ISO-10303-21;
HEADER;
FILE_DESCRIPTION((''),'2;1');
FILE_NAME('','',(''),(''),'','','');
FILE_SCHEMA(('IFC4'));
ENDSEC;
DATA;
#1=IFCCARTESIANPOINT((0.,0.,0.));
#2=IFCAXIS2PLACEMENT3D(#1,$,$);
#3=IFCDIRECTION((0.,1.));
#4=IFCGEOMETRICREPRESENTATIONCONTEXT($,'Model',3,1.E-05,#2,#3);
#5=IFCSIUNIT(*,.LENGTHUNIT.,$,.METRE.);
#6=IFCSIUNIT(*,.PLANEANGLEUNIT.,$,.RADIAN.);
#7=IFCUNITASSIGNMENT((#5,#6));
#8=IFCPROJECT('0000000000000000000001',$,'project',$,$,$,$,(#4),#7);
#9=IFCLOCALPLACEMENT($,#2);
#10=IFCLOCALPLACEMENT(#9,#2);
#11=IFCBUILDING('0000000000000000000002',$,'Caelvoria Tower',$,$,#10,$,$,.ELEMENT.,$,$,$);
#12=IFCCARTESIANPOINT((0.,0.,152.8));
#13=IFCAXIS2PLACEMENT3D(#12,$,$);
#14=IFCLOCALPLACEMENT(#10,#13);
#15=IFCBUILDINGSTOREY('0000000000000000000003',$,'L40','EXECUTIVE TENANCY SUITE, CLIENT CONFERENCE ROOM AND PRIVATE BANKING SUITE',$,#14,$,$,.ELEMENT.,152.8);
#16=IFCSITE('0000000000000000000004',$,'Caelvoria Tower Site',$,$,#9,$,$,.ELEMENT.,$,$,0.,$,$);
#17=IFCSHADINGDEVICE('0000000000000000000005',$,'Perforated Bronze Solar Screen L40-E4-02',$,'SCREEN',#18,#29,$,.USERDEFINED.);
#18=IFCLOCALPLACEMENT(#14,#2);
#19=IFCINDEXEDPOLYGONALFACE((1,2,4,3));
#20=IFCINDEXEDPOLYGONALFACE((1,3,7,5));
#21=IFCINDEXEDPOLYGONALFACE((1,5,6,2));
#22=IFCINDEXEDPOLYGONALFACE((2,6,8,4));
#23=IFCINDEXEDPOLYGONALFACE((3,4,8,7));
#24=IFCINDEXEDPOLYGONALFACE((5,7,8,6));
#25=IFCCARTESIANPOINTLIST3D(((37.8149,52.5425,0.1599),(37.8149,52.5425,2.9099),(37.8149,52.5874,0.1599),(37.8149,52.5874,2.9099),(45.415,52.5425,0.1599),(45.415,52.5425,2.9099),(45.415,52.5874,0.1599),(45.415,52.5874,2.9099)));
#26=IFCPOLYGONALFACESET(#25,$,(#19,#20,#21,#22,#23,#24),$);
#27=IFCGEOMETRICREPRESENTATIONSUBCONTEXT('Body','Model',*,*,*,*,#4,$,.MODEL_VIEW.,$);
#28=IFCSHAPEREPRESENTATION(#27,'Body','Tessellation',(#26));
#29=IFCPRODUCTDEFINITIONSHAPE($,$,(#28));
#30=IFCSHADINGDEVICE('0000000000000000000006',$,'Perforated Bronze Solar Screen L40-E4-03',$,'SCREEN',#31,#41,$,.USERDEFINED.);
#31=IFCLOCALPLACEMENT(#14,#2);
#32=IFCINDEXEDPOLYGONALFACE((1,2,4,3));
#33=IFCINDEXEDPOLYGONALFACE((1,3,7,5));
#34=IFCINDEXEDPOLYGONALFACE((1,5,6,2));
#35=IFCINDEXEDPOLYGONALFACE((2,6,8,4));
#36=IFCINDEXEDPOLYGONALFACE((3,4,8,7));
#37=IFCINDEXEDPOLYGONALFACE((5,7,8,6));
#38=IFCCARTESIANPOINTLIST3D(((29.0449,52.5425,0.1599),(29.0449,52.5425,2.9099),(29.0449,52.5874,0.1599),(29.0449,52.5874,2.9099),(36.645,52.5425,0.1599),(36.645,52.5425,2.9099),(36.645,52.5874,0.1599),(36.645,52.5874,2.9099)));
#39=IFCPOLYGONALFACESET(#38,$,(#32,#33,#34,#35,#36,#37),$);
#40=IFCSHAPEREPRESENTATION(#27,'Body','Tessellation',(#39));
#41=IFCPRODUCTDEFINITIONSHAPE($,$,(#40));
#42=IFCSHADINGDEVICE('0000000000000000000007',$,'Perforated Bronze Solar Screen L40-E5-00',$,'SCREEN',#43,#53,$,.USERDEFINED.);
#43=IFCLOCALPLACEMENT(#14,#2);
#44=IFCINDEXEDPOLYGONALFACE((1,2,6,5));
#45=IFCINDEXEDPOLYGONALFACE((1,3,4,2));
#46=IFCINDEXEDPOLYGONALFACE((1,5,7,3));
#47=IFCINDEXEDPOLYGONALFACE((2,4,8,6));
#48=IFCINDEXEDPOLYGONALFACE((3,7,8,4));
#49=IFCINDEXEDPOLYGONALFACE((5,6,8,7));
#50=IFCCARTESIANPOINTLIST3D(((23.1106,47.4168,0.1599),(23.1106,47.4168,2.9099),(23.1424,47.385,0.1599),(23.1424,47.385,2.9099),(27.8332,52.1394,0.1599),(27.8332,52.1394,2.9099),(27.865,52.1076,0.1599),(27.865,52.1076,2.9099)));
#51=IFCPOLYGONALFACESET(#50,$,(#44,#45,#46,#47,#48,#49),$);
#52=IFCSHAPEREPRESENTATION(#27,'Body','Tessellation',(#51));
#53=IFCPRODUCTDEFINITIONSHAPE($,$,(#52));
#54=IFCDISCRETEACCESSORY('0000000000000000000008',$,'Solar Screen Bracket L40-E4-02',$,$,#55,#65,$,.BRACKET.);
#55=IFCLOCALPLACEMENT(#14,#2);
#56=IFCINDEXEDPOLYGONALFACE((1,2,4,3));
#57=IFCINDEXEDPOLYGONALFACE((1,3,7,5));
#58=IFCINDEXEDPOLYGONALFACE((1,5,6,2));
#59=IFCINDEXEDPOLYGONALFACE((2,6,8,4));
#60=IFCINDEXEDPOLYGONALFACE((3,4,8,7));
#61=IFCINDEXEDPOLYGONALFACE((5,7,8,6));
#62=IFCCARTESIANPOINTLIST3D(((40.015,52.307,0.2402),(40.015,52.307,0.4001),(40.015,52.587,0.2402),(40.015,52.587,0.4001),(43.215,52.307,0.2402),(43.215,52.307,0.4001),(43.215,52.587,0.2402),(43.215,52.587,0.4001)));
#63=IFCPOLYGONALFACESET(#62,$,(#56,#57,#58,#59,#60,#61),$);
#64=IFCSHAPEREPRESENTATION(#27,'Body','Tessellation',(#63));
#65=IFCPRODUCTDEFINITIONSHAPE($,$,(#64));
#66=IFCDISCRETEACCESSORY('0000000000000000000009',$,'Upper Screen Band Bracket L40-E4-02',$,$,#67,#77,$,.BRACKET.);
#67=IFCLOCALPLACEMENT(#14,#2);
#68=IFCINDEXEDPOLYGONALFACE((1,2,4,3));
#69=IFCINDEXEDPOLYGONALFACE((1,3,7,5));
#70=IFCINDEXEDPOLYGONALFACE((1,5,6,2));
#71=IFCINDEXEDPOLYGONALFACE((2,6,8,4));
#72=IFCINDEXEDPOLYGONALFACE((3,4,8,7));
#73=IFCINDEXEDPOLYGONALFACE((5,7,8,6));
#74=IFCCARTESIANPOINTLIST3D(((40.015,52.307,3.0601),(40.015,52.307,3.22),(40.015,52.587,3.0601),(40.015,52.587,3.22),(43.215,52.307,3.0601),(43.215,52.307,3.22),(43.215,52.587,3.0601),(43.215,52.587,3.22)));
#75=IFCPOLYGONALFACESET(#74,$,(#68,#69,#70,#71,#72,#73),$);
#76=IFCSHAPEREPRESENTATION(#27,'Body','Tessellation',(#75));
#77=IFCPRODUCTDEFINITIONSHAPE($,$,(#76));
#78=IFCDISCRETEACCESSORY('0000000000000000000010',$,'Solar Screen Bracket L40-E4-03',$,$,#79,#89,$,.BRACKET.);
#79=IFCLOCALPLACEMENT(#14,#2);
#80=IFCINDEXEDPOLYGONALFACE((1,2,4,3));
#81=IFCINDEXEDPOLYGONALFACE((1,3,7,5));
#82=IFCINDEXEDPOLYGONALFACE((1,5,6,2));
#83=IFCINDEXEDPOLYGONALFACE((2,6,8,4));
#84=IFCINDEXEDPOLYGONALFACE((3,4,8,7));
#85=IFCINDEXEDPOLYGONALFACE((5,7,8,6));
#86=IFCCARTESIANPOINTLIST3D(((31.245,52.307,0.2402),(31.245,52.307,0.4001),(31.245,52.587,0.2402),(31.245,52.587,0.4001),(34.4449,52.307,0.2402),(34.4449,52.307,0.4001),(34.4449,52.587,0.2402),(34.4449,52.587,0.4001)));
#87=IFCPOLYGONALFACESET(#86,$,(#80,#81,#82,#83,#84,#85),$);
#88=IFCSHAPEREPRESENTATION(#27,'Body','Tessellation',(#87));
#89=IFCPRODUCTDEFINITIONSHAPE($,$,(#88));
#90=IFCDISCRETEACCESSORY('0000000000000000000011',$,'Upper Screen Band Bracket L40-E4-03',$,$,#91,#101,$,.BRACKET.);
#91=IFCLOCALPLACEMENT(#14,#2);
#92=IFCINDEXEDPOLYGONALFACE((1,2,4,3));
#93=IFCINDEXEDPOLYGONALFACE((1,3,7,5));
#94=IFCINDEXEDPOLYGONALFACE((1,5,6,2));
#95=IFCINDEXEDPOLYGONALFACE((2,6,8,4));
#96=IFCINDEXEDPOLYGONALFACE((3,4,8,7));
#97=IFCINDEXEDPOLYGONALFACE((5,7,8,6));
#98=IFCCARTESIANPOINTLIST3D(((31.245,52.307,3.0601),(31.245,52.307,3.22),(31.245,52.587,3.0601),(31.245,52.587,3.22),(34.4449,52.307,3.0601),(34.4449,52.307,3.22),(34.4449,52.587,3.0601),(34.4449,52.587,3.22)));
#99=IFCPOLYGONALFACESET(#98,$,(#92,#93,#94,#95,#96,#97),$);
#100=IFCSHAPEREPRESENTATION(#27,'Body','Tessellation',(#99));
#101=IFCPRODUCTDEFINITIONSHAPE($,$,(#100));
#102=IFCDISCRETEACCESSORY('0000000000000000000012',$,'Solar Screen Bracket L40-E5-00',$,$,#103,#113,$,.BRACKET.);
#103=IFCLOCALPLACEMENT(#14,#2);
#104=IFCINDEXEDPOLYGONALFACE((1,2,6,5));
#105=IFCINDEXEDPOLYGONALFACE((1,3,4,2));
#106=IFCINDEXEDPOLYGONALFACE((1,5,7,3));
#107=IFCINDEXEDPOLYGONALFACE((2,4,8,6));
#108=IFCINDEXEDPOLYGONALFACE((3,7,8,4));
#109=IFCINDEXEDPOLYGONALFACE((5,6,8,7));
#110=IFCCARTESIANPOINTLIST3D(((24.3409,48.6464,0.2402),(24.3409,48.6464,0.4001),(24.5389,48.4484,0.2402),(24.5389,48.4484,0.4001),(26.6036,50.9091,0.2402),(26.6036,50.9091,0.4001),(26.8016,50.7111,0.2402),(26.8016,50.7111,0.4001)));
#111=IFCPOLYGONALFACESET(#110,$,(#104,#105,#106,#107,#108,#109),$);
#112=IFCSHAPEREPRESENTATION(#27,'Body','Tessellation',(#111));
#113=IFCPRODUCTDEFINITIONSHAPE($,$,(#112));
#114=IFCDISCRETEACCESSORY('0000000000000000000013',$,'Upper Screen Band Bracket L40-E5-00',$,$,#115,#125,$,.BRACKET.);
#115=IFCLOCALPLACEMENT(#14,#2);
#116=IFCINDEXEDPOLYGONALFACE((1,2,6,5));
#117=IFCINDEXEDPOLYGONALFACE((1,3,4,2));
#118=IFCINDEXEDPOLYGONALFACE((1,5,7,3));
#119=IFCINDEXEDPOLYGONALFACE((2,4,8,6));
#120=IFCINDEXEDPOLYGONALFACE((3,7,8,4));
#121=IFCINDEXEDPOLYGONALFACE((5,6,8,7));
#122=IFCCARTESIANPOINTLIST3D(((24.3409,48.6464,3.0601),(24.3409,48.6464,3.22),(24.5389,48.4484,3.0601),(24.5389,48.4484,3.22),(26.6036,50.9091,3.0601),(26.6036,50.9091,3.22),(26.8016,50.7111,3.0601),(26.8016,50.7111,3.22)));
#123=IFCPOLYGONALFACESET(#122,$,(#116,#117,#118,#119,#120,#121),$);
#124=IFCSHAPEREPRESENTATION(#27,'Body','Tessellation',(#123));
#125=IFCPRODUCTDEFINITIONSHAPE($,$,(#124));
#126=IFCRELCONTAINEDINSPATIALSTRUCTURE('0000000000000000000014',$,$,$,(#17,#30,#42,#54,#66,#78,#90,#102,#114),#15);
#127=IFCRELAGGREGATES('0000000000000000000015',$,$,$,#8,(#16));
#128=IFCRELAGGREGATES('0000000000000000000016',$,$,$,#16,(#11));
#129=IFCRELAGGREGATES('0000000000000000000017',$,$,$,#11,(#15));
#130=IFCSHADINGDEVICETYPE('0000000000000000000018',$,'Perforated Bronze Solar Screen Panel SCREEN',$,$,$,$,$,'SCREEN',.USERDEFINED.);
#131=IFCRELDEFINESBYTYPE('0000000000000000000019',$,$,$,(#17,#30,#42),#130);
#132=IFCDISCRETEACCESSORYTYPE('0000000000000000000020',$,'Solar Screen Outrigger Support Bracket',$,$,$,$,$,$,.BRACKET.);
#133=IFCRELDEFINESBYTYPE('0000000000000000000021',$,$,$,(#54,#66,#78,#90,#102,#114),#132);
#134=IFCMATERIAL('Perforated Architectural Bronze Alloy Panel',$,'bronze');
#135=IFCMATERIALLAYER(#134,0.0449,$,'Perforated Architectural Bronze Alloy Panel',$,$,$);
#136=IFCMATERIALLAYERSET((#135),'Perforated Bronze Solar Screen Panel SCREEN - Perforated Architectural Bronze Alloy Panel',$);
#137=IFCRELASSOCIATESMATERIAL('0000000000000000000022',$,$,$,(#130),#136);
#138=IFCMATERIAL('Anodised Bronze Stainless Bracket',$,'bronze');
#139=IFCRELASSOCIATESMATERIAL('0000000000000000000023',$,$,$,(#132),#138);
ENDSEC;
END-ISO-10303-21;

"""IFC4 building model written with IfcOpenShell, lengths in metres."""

from ifc_helpers import new_model, si_unit, direction, frame, origin, origin_2d, place, context, subcontext, project, spatial, rectangle, extrude, material, layer, layer_set, type_object, element, save


model = new_model("IFC4")

# Units and contexts
model_context = context("Model", 3, precision=1e-05, world=origin(), true_north=direction((0.0, 1.0)))
body_context = subcontext(model_context, "Body", "Model", "MODEL_VIEW")
ifc_project = project(units=[si_unit("LENGTHUNIT", "METRE"), si_unit("PLANEANGLEUNIT", "RADIAN")], contexts=[model_context])

# Site, building, storey
site_placement = place(None, origin())
site = spatial("IfcSite", under=ifc_project, at=site_placement, Name="Caelvoria Tower Site", CompositionType="ELEMENT", RefElevation=0.0)
building_placement = place(site_placement, origin())
building = spatial("IfcBuilding", under=site, at=building_placement, Name="Caelvoria Tower", CompositionType="ELEMENT")
storey_placement = place(building_placement, frame((0.0, 0.0, 152.8)))
storey = spatial("IfcBuildingStorey", under=building, at=storey_placement, Name="L40", Description="EXECUTIVE TENANCY SUITE, CLIENT CONFERENCE ROOM AND PRIVATE BANKING SUITE", CompositionType="ELEMENT", Elevation=152.8)

# Shading devices
ifc_material_1 = material(Name="Perforated Architectural Bronze Alloy Panel", Category="bronze")
ifc_layer_1 = layer(ifc_material_1, 0.0449, Name="Perforated Architectural Bronze Alloy Panel")
ifc_layer_set_1 = layer_set([ifc_layer_1], Name="Perforated Bronze Solar Screen Panel SCREEN - Perforated Architectural Bronze Alloy Panel")
shading_device_type = type_object("IfcShadingDeviceType", Name="Perforated Bronze Solar Screen Panel SCREEN", ElementType="SCREEN", PredefinedType="USERDEFINED", material=ifc_layer_set_1)
for number, where, z_axis, x_axis, name in (
    (1, (41.615, 52.5649, 0.1599), (0.0, 0.0, 1.0), (-1.0, 0.0, 0.0), "Perforated Bronze Solar Screen L40-E4-02"),
    (2, (32.845, 52.5649, 0.1599), (0.0, 0.0, 1.0), (-1.0, 0.0, 0.0), "Perforated Bronze Solar Screen L40-E4-03"),
):
    element("IfcShadingDevice", number, at=place(storey_placement, frame(where, z_axis=z_axis, x_axis=x_axis)), inside=storey, type_object=shading_device_type, Name=name, ObjectType="SCREEN", PredefinedType="USERDEFINED", context=body_context, shape_type="SweptSolid", body=[
        extrude(rectangle(XDim=7.6001, YDim=0.0449, at=origin_2d()), origin(), (0.0, 0.0, 1.0), 2.75),
    ])
shading_device_placement = place(storey_placement, frame((25.4878, 49.7622, 0.1599), z_axis=(0.0, 0.0, 1.0), x_axis=(-0.707107, -0.707107, 0.0)))
element("IfcShadingDevice", 3, at=shading_device_placement, inside=storey, type_object=shading_device_type, Name="Perforated Bronze Solar Screen L40-E5-00", ObjectType="SCREEN", PredefinedType="USERDEFINED", context=body_context, shape_type="SweptSolid", body=[
    extrude(rectangle(XDim=6.6787, YDim=0.0449, at=origin_2d()), origin(), (0.0, 0.0, 1.0), 2.75),
])

# Discrete accessories
ifc_material_2 = material(Name="Anodised Bronze Stainless Bracket", Category="bronze")
discrete_accessory_type = type_object("IfcDiscreteAccessoryType", Name="Solar Screen Outrigger Support Bracket", PredefinedType="BRACKET", material=ifc_material_2)
for number, where, z_axis, x_axis, name in (
    (4, (41.615, 52.447, 0.2402), (0.0, 0.0, 1.0), (-1.0, 0.0, 0.0), "Solar Screen Bracket L40-E4-02"),
    (5, (41.615, 52.447, 3.0601), (0.0, 0.0, 1.0), (-1.0, 0.0, 0.0), "Upper Screen Band Bracket L40-E4-02"),
    (6, (32.845, 52.447, 0.2402), (0.0, 0.0, 1.0), (-1.0, 0.0, 0.0), "Solar Screen Bracket L40-E4-03"),
    (7, (32.845, 52.447, 3.0601), (0.0, 0.0, 1.0), (-1.0, 0.0, 0.0), "Upper Screen Band Bracket L40-E4-03"),
    (8, (25.5713, 49.6787, 0.2402), (0.0, 0.0, 1.0), (-0.707107, -0.707107, 0.0), "Solar Screen Bracket L40-E5-00"),
    (9, (25.5713, 49.6787, 3.0601), (0.0, 0.0, 1.0), (-0.707107, -0.707107, 0.0), "Upper Screen Band Bracket L40-E5-00"),
):
    element("IfcDiscreteAccessory", number, at=place(storey_placement, frame(where, z_axis=z_axis, x_axis=x_axis)), inside=storey, type_object=discrete_accessory_type, Name=name, PredefinedType="BRACKET", context=body_context, shape_type="SweptSolid", body=[
        extrude(rectangle(XDim=3.2, YDim=0.28, at=origin_2d()), origin(), (0.0, 0.0, 1.0), 0.1599),
    ])

save(model, "model.ifc")
